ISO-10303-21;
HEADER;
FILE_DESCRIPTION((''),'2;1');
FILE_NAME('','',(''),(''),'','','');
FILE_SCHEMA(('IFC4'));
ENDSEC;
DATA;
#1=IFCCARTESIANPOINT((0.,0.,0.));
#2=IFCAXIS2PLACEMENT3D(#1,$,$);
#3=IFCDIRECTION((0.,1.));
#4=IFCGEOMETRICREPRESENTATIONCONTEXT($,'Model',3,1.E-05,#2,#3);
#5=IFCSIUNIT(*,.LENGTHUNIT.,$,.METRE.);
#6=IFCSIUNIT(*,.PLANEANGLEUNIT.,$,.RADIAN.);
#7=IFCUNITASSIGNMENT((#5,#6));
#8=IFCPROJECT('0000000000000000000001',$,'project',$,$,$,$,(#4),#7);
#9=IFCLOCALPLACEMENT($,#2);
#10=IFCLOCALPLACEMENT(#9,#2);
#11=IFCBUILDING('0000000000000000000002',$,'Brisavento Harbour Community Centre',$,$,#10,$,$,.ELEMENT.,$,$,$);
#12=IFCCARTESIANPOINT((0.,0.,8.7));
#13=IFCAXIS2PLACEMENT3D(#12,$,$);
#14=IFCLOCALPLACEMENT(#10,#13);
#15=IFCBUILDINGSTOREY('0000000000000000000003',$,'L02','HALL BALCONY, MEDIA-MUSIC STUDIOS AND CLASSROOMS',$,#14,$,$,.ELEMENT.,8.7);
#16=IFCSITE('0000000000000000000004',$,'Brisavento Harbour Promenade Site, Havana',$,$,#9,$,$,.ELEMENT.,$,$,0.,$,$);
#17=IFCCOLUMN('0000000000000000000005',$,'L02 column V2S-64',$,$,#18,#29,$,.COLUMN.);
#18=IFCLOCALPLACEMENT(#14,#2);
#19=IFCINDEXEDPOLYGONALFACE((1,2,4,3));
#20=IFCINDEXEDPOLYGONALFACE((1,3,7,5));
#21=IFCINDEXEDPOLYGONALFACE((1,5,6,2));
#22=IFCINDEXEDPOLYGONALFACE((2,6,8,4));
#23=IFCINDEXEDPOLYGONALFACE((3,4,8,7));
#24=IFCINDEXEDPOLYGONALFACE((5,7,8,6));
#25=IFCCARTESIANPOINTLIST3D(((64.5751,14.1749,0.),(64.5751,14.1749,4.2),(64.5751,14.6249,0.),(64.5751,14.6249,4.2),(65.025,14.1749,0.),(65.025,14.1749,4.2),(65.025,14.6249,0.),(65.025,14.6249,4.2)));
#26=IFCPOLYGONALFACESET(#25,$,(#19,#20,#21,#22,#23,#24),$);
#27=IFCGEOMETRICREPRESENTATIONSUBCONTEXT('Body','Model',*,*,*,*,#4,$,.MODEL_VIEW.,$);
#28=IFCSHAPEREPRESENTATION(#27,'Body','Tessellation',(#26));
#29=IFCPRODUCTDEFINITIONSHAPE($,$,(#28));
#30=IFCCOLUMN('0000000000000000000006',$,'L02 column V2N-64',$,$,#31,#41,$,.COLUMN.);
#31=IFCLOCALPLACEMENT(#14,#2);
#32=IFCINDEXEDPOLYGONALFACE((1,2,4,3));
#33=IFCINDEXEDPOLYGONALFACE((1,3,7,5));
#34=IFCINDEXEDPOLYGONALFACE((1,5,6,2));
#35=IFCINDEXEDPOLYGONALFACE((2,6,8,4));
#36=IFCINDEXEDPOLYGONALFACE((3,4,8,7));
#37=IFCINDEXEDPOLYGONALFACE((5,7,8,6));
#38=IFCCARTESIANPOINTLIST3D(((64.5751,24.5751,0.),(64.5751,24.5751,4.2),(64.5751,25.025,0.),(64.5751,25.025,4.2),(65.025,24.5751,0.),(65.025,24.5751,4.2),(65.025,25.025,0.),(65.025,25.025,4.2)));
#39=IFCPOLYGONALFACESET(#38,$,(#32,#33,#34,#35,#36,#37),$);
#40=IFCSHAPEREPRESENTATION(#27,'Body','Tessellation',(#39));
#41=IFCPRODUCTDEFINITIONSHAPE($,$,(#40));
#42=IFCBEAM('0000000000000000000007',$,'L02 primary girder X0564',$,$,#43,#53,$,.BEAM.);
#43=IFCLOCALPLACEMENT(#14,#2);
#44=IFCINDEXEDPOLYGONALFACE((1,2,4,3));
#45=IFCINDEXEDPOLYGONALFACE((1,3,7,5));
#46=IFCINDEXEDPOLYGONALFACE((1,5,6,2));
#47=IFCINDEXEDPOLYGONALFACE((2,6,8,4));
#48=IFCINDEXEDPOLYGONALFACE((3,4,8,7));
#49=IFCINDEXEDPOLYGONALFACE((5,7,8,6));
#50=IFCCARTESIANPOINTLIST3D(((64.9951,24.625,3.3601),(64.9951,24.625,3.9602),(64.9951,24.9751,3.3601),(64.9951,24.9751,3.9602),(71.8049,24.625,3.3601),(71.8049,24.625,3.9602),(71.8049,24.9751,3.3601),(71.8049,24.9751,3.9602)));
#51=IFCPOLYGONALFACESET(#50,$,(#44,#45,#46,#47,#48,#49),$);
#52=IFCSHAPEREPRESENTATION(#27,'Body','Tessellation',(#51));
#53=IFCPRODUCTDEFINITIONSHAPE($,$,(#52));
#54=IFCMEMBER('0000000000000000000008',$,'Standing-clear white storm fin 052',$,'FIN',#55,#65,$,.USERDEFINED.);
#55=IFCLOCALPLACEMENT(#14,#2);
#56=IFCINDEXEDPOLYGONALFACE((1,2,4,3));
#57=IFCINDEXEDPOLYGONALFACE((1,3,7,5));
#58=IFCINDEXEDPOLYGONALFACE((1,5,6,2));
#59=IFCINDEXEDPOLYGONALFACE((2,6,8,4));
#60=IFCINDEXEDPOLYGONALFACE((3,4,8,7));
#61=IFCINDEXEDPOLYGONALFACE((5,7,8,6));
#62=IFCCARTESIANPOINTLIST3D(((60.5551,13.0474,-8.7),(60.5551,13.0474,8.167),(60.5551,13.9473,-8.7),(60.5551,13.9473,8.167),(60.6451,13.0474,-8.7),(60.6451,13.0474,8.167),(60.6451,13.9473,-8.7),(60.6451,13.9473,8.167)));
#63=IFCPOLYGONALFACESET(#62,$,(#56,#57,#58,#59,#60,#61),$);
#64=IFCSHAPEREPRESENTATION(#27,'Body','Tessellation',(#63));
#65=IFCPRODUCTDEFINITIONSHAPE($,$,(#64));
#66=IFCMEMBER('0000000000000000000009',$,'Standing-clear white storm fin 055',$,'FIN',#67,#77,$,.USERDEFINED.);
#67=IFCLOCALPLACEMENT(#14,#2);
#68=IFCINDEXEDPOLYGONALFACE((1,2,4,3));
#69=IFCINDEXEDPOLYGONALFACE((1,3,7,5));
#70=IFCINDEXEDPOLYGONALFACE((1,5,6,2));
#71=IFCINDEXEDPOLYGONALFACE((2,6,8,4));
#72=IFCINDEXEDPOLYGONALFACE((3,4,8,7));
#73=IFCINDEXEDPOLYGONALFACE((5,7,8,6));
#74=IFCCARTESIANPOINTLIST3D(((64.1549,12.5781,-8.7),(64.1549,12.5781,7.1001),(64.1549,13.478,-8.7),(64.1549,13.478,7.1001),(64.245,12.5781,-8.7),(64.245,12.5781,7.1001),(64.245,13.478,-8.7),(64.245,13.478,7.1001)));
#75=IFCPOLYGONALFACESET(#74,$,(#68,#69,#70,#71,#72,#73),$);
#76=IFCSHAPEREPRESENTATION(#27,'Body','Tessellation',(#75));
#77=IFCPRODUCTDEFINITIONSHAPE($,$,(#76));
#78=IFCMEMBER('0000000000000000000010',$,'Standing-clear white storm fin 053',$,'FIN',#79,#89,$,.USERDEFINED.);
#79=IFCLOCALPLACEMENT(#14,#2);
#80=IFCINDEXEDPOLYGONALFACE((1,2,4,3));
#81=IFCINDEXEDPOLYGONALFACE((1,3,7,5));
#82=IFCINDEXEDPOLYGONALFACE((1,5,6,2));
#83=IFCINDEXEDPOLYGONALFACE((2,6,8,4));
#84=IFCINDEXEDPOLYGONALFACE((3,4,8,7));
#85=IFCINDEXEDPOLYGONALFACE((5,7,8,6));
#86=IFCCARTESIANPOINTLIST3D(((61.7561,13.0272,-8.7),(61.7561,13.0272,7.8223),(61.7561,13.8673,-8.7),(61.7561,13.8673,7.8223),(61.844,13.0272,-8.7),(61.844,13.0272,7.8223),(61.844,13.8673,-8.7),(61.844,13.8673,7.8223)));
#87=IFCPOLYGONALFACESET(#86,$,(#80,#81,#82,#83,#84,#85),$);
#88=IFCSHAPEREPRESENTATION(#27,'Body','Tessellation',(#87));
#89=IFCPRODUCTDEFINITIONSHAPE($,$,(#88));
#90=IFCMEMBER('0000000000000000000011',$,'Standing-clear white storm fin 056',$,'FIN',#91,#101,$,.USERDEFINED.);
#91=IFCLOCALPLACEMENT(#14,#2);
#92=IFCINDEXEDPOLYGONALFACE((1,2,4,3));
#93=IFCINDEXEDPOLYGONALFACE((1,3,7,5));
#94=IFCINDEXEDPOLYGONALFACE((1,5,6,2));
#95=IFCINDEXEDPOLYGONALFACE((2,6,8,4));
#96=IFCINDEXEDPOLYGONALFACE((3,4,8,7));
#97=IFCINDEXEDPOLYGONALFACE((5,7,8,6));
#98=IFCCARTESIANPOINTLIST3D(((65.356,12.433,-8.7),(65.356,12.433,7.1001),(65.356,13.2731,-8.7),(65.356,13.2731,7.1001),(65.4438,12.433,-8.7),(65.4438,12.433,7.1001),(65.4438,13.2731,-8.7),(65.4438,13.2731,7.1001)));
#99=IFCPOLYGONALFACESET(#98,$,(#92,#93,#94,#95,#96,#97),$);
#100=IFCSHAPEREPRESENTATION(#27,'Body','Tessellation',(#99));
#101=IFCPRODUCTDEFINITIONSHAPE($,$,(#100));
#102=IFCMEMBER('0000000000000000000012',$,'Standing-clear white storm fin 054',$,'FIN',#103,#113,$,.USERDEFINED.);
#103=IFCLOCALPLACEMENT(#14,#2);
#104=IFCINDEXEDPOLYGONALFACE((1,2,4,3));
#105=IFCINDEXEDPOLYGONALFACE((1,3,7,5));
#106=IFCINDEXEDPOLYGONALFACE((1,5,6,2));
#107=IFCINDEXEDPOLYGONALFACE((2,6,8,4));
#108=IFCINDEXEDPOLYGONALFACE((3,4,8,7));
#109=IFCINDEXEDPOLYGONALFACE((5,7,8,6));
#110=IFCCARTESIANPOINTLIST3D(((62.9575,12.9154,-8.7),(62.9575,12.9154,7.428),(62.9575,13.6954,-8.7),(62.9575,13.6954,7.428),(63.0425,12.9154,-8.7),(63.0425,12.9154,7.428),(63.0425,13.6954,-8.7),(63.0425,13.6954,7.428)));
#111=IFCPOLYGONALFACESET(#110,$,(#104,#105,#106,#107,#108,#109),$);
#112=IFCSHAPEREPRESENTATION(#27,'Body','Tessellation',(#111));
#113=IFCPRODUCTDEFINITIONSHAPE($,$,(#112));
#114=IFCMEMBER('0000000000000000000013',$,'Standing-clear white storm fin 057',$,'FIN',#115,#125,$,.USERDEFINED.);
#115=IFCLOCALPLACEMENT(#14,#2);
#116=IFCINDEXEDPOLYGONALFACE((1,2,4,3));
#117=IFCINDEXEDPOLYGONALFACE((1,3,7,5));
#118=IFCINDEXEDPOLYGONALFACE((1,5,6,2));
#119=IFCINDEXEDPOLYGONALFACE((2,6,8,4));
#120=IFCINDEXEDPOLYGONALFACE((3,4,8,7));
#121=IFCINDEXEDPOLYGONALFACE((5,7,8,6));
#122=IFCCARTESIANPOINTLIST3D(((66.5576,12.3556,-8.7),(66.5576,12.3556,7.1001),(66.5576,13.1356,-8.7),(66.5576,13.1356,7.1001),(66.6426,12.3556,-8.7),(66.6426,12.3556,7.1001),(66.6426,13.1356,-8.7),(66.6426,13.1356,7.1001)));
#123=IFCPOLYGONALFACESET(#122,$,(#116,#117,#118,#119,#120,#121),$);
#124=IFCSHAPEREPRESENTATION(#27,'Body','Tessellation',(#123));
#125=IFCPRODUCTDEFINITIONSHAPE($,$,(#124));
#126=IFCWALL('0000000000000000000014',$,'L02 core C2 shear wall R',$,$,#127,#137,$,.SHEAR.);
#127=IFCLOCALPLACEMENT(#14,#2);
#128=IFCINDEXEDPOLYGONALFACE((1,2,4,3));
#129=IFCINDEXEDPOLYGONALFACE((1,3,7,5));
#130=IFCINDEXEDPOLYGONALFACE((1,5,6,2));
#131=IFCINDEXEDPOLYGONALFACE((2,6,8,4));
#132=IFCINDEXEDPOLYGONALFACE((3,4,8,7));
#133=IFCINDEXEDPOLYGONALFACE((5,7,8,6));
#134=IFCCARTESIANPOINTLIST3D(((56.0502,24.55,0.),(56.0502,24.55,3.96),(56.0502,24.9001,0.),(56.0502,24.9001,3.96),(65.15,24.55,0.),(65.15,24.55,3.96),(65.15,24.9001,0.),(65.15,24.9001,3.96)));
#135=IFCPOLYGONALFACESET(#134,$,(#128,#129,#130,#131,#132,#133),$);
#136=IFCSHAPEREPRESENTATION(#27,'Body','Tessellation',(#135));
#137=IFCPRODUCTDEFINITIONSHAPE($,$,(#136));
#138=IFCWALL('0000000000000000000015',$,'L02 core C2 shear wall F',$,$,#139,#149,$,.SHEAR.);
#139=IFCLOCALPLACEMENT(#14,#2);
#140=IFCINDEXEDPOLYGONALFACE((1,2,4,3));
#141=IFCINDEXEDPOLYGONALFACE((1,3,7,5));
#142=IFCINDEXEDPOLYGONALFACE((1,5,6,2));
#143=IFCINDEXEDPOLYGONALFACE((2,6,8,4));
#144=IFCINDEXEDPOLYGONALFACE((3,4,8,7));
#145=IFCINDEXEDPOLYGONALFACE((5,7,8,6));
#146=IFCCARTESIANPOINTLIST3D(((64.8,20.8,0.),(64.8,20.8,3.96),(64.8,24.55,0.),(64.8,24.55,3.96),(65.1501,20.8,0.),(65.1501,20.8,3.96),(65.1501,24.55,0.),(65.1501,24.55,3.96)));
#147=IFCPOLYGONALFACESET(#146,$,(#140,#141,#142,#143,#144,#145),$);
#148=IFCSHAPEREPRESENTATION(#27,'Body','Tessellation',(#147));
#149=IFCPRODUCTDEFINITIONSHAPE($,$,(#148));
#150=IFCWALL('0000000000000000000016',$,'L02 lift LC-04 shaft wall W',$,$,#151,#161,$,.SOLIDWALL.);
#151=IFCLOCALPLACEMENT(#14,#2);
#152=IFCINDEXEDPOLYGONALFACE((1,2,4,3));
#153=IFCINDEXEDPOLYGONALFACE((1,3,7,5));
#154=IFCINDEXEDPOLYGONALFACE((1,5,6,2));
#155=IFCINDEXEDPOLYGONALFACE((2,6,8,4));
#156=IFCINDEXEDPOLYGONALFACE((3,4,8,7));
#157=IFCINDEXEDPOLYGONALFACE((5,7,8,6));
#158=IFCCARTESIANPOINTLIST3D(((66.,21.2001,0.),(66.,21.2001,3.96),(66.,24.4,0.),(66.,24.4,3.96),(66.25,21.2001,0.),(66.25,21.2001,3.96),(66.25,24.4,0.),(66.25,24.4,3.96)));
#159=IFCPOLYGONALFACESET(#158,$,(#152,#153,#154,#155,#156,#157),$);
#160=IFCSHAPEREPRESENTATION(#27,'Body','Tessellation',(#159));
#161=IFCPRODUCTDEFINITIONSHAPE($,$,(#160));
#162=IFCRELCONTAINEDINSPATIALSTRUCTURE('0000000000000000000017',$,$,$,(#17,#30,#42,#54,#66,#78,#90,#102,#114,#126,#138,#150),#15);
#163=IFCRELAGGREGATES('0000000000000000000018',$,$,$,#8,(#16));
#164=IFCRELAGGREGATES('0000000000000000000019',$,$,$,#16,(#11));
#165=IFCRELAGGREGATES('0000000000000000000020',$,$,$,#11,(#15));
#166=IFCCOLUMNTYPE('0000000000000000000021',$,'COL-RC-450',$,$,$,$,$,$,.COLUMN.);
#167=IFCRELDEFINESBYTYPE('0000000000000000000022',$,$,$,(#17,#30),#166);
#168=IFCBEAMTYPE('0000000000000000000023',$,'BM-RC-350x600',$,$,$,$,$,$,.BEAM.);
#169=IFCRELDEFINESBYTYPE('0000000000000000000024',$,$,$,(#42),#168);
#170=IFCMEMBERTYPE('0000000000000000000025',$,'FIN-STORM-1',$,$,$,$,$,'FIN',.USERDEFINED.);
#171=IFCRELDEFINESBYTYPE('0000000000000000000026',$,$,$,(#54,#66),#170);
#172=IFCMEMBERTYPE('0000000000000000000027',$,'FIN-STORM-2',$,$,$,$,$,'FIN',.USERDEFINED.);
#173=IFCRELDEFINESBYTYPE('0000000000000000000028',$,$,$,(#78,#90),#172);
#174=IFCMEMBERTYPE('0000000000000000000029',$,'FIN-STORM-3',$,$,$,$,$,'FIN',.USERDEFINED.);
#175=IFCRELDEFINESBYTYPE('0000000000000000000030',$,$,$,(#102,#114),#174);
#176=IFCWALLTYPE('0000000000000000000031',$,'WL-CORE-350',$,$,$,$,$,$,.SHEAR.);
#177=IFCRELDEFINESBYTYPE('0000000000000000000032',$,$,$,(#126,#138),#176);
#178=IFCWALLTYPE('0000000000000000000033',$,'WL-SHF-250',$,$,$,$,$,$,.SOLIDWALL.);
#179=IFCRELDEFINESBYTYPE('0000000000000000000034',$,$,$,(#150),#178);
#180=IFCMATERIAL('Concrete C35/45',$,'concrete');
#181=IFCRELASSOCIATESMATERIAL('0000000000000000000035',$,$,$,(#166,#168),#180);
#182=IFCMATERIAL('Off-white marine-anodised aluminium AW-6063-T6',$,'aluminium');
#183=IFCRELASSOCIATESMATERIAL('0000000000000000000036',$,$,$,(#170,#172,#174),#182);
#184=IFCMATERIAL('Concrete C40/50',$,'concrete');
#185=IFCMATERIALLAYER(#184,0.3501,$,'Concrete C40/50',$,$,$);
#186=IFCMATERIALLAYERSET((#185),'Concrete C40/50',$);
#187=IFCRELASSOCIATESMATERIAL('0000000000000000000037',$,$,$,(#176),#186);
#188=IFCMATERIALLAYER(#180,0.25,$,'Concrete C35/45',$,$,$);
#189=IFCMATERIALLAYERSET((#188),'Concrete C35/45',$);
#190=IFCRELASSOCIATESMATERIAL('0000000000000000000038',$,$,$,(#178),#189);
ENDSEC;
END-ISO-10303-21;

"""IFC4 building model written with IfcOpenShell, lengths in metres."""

from ifc_helpers import new_model, si_unit, direction, frame, frame_2d, origin, origin_2d, place, context, subcontext, project, spatial, rectangle, extrude, material, layer, layer_set, material_profile, profile_set, type_object, element, save


model = new_model("IFC4")

# Units and contexts
model_context = context("Model", 3, precision=1e-05, world=origin(), true_north=direction((0.0, 1.0)))
body_context = subcontext(model_context, "Body", "Model", "MODEL_VIEW")
ifc_project = project(units=[si_unit("LENGTHUNIT", "METRE"), si_unit("PLANEANGLEUNIT", "RADIAN")], contexts=[model_context])

# Site, building, storey
site_placement = place(None, origin())
site = spatial("IfcSite", under=ifc_project, at=site_placement, Name="Brisavento Harbour Promenade Site, Havana", CompositionType="ELEMENT", RefElevation=0.0)
building_placement = place(site_placement, origin())
building = spatial("IfcBuilding", under=site, at=building_placement, Name="Brisavento Harbour Community Centre", CompositionType="ELEMENT")
storey_placement = place(building_placement, frame((0.0, 0.0, 8.7)))
storey = spatial("IfcBuildingStorey", under=building, at=storey_placement, Name="L02", Description="HALL BALCONY, MEDIA-MUSIC STUDIOS AND CLASSROOMS", CompositionType="ELEMENT", Elevation=8.7)

# Columns
ifc_material_1 = material(Name="Concrete C35/45", Category="concrete")
ifc_material_profile_1 = material_profile(ifc_material_1, rectangle(XDim=0.45, YDim=0.45, at=origin_2d()), Name="Concrete C35/45")
ifc_profile_set_1 = profile_set([ifc_material_profile_1], Name="Concrete C35/45")
column_type = type_object("IfcColumnType", Name="COL-RC-450", PredefinedType="COLUMN", material=ifc_profile_set_1)
for number, where, z_axis, x_axis, name in (
    (1, (64.8, 14.3999, 0.0), (0.0, 0.0, 1.0), (1.0, 0.0, 0.0), "L02 column V2S-64"),
    (2, (64.8, 24.8, 0.0), (0.0, 0.0, 1.0), (1.0, 0.0, 0.0), "L02 column V2N-64"),
):
    element("IfcColumn", number, at=place(storey_placement, frame(where, z_axis=z_axis, x_axis=x_axis)), inside=storey, type_object=column_type, Name=name, PredefinedType="COLUMN", context=body_context, shape_type="SweptSolid", body=[
        extrude(rectangle(XDim=0.45, YDim=0.45, at=origin_2d()), origin(), (0.0, 0.0, 1.0), 4.2),
    ])

# Beam
ifc_material_profile_2 = material_profile(ifc_material_1, rectangle(XDim=0.3501, YDim=0.6001, at=origin_2d()), Name="Concrete C35/45")
ifc_profile_set_2 = profile_set([ifc_material_profile_2], Name="Concrete C35/45")
beam_type = type_object("IfcBeamType", Name="BM-RC-350x600", PredefinedType="BEAM", material=ifc_profile_set_2)
beam_placement = place(storey_placement, frame((64.9951, 24.8, 3.6602), z_axis=(1.0, 0.0, 0.0), x_axis=(0.0, 1.0, 0.0)))
element("IfcBeam", 3, at=beam_placement, inside=storey, type_object=beam_type, Name="L02 primary girder X0564", PredefinedType="BEAM", context=body_context, shape_type="SweptSolid", body=[
    extrude(rectangle(XDim=0.3501, YDim=0.6001, at=origin_2d()), origin(), (0.0, 0.0, 1.0), 6.8098),
])

# Members
ifc_material_2 = material(Name="Off-white marine-anodised aluminium AW-6063-T6", Category="aluminium")
ifc_material_profile_3 = material_profile(ifc_material_2, rectangle(XDim=0.0901, YDim=0.8999, at=origin_2d()), Name="Off-white marine-anodised aluminium AW-6063-T6")
ifc_profile_set_3 = profile_set([ifc_material_profile_3], Name="Off-white marine-anodised aluminium AW-6063-T6")
member_type_1 = type_object("IfcMemberType", Name="FIN-STORM-1", ElementType="FIN", PredefinedType="USERDEFINED", material=ifc_profile_set_3)
member_1_placement = place(storey_placement, frame((60.6001, 13.4973, -8.7), z_axis=(0.0, 0.0, 1.0), x_axis=(-1.0, 0.0, 0.0)))
element("IfcMember", 4, at=member_1_placement, inside=storey, type_object=member_type_1, Name="Standing-clear white storm fin 052", ObjectType="FIN", PredefinedType="USERDEFINED", context=body_context, shape_type="SweptSolid", body=[
    extrude(rectangle(XDim=0.0901, YDim=0.8999, at=origin_2d()), origin(), (0.0, 0.0, 1.0), 16.8669),
])
member_2_placement = place(storey_placement, frame((64.2, 13.0281, -8.7), z_axis=(0.0, 0.0, 1.0), x_axis=(-1.0, 0.0, 0.0)))
element("IfcMember", 5, at=member_2_placement, inside=storey, type_object=member_type_1, Name="Standing-clear white storm fin 055", ObjectType="FIN", PredefinedType="USERDEFINED", context=body_context, shape_type="SweptSolid", body=[
    extrude(rectangle(XDim=0.0901, YDim=0.8999, at=origin_2d()), origin(), (0.0, 0.0, 1.0), 15.8),
])
ifc_material_profile_4 = material_profile(ifc_material_2, rectangle(XDim=0.0879, YDim=0.8401, at=origin_2d()), Name="Off-white marine-anodised aluminium AW-6063-T6")
ifc_profile_set_4 = profile_set([ifc_material_profile_4], Name="Off-white marine-anodised aluminium AW-6063-T6")
member_type_2 = type_object("IfcMemberType", Name="FIN-STORM-2", ElementType="FIN", PredefinedType="USERDEFINED", material=ifc_profile_set_4)
member_3_placement = place(storey_placement, frame((61.8, 13.4473, -8.7), z_axis=(0.0, 0.0, 1.0), x_axis=(-1.0, 0.0, 0.0)))
element("IfcMember", 6, at=member_3_placement, inside=storey, type_object=member_type_2, Name="Standing-clear white storm fin 053", ObjectType="FIN", PredefinedType="USERDEFINED", context=body_context, shape_type="SweptSolid", body=[
    extrude(rectangle(XDim=0.0879, YDim=0.8401, at=origin_2d()), origin(), (0.0, 0.0, 1.0), 16.5222),
])
member_4_placement = place(storey_placement, frame((65.3999, 12.853, -8.7), z_axis=(0.0, 0.0, 1.0), x_axis=(-1.0, 0.0, 0.0)))
element("IfcMember", 7, at=member_4_placement, inside=storey, type_object=member_type_2, Name="Standing-clear white storm fin 056", ObjectType="FIN", PredefinedType="USERDEFINED", context=body_context, shape_type="SweptSolid", body=[
    extrude(rectangle(XDim=0.0879, YDim=0.8401, at=origin_2d()), origin(), (0.0, 0.0, 1.0), 15.8),
])
ifc_material_profile_5 = material_profile(ifc_material_2, rectangle(XDim=0.085, YDim=0.78, at=origin_2d()), Name="Off-white marine-anodised aluminium AW-6063-T6")
ifc_profile_set_5 = profile_set([ifc_material_profile_5], Name="Off-white marine-anodised aluminium AW-6063-T6")
member_type_3 = type_object("IfcMemberType", Name="FIN-STORM-3", ElementType="FIN", PredefinedType="USERDEFINED", material=ifc_profile_set_5)
member_5_placement = place(storey_placement, frame((63.0, 13.3054, -8.7), z_axis=(0.0, 0.0, 1.0), x_axis=(-1.0, 0.0, 0.0)))
element("IfcMember", 8, at=member_5_placement, inside=storey, type_object=member_type_3, Name="Standing-clear white storm fin 054", ObjectType="FIN", PredefinedType="USERDEFINED", context=body_context, shape_type="SweptSolid", body=[
    extrude(rectangle(XDim=0.085, YDim=0.78, at=origin_2d()), origin(), (0.0, 0.0, 1.0), 16.1279),
])
member_6_placement = place(storey_placement, frame((66.6001, 12.7456, -8.7), z_axis=(0.0, 0.0, 1.0), x_axis=(-1.0, 0.0, 0.0)))
element("IfcMember", 9, at=member_6_placement, inside=storey, type_object=member_type_3, Name="Standing-clear white storm fin 057", ObjectType="FIN", PredefinedType="USERDEFINED", context=body_context, shape_type="SweptSolid", body=[
    extrude(rectangle(XDim=0.085, YDim=0.78, at=origin_2d()), origin(), (0.0, 0.0, 1.0), 15.8),
])

# Walls
ifc_material_3 = material(Name="Concrete C40/50", Category="concrete")
ifc_layer_1 = layer(ifc_material_3, 0.3501, Name="Concrete C40/50")
ifc_layer_set_1 = layer_set([ifc_layer_1], Name="Concrete C40/50")
wall_type_1 = type_object("IfcWallType", Name="WL-CORE-350", PredefinedType="SHEAR", material=ifc_layer_set_1)
wall_1_placement = place(storey_placement, frame((65.1499, 24.7251, 0.0), z_axis=(0.0, 0.0, 1.0), x_axis=(-1.0, 0.0, 0.0)))
element("IfcWall", 10, at=wall_1_placement, inside=storey, type_object=wall_type_1, Name="L02 core C2 shear wall R", PredefinedType="SHEAR", context=body_context, shape_type="SweptSolid", body=[
    extrude(rectangle(XDim=9.0999, YDim=0.3501, at=frame_2d((4.5498, 0.0))), origin(), (0.0, 0.0, 1.0), 3.96),
])
wall_2_placement = place(storey_placement, frame((64.9751, 20.8, 0.0), z_axis=(0.0, 0.0, 1.0), x_axis=(0.0, 1.0, 0.0)))
element("IfcWall", 11, at=wall_2_placement, inside=storey, type_object=wall_type_1, Name="L02 core C2 shear wall F", PredefinedType="SHEAR", context=body_context, shape_type="SweptSolid", body=[
    extrude(rectangle(XDim=3.75, YDim=0.3501, at=frame_2d((1.875, 0.0))), origin(), (0.0, 0.0, 1.0), 3.96),
])
ifc_layer_2 = layer(ifc_material_1, 0.25, Name="Concrete C35/45")
ifc_layer_set_2 = layer_set([ifc_layer_2], Name="Concrete C35/45")
wall_type_2 = type_object("IfcWallType", Name="WL-SHF-250", PredefinedType="SOLIDWALL", material=ifc_layer_set_2)
wall_3_placement = place(storey_placement, frame((66.125, 21.2, 0.0), z_axis=(0.0, 0.0, 1.0), x_axis=(0.0, 1.0, 0.0)))
element("IfcWall", 12, at=wall_3_placement, inside=storey, type_object=wall_type_2, Name="L02 lift LC-04 shaft wall W", PredefinedType="SOLIDWALL", context=body_context, shape_type="SweptSolid", body=[
    extrude(rectangle(XDim=3.2, YDim=0.25, at=frame_2d((1.6001, 0.0))), origin(), (0.0, 0.0, 1.0), 3.96),
])

save(model, "model.ifc")
